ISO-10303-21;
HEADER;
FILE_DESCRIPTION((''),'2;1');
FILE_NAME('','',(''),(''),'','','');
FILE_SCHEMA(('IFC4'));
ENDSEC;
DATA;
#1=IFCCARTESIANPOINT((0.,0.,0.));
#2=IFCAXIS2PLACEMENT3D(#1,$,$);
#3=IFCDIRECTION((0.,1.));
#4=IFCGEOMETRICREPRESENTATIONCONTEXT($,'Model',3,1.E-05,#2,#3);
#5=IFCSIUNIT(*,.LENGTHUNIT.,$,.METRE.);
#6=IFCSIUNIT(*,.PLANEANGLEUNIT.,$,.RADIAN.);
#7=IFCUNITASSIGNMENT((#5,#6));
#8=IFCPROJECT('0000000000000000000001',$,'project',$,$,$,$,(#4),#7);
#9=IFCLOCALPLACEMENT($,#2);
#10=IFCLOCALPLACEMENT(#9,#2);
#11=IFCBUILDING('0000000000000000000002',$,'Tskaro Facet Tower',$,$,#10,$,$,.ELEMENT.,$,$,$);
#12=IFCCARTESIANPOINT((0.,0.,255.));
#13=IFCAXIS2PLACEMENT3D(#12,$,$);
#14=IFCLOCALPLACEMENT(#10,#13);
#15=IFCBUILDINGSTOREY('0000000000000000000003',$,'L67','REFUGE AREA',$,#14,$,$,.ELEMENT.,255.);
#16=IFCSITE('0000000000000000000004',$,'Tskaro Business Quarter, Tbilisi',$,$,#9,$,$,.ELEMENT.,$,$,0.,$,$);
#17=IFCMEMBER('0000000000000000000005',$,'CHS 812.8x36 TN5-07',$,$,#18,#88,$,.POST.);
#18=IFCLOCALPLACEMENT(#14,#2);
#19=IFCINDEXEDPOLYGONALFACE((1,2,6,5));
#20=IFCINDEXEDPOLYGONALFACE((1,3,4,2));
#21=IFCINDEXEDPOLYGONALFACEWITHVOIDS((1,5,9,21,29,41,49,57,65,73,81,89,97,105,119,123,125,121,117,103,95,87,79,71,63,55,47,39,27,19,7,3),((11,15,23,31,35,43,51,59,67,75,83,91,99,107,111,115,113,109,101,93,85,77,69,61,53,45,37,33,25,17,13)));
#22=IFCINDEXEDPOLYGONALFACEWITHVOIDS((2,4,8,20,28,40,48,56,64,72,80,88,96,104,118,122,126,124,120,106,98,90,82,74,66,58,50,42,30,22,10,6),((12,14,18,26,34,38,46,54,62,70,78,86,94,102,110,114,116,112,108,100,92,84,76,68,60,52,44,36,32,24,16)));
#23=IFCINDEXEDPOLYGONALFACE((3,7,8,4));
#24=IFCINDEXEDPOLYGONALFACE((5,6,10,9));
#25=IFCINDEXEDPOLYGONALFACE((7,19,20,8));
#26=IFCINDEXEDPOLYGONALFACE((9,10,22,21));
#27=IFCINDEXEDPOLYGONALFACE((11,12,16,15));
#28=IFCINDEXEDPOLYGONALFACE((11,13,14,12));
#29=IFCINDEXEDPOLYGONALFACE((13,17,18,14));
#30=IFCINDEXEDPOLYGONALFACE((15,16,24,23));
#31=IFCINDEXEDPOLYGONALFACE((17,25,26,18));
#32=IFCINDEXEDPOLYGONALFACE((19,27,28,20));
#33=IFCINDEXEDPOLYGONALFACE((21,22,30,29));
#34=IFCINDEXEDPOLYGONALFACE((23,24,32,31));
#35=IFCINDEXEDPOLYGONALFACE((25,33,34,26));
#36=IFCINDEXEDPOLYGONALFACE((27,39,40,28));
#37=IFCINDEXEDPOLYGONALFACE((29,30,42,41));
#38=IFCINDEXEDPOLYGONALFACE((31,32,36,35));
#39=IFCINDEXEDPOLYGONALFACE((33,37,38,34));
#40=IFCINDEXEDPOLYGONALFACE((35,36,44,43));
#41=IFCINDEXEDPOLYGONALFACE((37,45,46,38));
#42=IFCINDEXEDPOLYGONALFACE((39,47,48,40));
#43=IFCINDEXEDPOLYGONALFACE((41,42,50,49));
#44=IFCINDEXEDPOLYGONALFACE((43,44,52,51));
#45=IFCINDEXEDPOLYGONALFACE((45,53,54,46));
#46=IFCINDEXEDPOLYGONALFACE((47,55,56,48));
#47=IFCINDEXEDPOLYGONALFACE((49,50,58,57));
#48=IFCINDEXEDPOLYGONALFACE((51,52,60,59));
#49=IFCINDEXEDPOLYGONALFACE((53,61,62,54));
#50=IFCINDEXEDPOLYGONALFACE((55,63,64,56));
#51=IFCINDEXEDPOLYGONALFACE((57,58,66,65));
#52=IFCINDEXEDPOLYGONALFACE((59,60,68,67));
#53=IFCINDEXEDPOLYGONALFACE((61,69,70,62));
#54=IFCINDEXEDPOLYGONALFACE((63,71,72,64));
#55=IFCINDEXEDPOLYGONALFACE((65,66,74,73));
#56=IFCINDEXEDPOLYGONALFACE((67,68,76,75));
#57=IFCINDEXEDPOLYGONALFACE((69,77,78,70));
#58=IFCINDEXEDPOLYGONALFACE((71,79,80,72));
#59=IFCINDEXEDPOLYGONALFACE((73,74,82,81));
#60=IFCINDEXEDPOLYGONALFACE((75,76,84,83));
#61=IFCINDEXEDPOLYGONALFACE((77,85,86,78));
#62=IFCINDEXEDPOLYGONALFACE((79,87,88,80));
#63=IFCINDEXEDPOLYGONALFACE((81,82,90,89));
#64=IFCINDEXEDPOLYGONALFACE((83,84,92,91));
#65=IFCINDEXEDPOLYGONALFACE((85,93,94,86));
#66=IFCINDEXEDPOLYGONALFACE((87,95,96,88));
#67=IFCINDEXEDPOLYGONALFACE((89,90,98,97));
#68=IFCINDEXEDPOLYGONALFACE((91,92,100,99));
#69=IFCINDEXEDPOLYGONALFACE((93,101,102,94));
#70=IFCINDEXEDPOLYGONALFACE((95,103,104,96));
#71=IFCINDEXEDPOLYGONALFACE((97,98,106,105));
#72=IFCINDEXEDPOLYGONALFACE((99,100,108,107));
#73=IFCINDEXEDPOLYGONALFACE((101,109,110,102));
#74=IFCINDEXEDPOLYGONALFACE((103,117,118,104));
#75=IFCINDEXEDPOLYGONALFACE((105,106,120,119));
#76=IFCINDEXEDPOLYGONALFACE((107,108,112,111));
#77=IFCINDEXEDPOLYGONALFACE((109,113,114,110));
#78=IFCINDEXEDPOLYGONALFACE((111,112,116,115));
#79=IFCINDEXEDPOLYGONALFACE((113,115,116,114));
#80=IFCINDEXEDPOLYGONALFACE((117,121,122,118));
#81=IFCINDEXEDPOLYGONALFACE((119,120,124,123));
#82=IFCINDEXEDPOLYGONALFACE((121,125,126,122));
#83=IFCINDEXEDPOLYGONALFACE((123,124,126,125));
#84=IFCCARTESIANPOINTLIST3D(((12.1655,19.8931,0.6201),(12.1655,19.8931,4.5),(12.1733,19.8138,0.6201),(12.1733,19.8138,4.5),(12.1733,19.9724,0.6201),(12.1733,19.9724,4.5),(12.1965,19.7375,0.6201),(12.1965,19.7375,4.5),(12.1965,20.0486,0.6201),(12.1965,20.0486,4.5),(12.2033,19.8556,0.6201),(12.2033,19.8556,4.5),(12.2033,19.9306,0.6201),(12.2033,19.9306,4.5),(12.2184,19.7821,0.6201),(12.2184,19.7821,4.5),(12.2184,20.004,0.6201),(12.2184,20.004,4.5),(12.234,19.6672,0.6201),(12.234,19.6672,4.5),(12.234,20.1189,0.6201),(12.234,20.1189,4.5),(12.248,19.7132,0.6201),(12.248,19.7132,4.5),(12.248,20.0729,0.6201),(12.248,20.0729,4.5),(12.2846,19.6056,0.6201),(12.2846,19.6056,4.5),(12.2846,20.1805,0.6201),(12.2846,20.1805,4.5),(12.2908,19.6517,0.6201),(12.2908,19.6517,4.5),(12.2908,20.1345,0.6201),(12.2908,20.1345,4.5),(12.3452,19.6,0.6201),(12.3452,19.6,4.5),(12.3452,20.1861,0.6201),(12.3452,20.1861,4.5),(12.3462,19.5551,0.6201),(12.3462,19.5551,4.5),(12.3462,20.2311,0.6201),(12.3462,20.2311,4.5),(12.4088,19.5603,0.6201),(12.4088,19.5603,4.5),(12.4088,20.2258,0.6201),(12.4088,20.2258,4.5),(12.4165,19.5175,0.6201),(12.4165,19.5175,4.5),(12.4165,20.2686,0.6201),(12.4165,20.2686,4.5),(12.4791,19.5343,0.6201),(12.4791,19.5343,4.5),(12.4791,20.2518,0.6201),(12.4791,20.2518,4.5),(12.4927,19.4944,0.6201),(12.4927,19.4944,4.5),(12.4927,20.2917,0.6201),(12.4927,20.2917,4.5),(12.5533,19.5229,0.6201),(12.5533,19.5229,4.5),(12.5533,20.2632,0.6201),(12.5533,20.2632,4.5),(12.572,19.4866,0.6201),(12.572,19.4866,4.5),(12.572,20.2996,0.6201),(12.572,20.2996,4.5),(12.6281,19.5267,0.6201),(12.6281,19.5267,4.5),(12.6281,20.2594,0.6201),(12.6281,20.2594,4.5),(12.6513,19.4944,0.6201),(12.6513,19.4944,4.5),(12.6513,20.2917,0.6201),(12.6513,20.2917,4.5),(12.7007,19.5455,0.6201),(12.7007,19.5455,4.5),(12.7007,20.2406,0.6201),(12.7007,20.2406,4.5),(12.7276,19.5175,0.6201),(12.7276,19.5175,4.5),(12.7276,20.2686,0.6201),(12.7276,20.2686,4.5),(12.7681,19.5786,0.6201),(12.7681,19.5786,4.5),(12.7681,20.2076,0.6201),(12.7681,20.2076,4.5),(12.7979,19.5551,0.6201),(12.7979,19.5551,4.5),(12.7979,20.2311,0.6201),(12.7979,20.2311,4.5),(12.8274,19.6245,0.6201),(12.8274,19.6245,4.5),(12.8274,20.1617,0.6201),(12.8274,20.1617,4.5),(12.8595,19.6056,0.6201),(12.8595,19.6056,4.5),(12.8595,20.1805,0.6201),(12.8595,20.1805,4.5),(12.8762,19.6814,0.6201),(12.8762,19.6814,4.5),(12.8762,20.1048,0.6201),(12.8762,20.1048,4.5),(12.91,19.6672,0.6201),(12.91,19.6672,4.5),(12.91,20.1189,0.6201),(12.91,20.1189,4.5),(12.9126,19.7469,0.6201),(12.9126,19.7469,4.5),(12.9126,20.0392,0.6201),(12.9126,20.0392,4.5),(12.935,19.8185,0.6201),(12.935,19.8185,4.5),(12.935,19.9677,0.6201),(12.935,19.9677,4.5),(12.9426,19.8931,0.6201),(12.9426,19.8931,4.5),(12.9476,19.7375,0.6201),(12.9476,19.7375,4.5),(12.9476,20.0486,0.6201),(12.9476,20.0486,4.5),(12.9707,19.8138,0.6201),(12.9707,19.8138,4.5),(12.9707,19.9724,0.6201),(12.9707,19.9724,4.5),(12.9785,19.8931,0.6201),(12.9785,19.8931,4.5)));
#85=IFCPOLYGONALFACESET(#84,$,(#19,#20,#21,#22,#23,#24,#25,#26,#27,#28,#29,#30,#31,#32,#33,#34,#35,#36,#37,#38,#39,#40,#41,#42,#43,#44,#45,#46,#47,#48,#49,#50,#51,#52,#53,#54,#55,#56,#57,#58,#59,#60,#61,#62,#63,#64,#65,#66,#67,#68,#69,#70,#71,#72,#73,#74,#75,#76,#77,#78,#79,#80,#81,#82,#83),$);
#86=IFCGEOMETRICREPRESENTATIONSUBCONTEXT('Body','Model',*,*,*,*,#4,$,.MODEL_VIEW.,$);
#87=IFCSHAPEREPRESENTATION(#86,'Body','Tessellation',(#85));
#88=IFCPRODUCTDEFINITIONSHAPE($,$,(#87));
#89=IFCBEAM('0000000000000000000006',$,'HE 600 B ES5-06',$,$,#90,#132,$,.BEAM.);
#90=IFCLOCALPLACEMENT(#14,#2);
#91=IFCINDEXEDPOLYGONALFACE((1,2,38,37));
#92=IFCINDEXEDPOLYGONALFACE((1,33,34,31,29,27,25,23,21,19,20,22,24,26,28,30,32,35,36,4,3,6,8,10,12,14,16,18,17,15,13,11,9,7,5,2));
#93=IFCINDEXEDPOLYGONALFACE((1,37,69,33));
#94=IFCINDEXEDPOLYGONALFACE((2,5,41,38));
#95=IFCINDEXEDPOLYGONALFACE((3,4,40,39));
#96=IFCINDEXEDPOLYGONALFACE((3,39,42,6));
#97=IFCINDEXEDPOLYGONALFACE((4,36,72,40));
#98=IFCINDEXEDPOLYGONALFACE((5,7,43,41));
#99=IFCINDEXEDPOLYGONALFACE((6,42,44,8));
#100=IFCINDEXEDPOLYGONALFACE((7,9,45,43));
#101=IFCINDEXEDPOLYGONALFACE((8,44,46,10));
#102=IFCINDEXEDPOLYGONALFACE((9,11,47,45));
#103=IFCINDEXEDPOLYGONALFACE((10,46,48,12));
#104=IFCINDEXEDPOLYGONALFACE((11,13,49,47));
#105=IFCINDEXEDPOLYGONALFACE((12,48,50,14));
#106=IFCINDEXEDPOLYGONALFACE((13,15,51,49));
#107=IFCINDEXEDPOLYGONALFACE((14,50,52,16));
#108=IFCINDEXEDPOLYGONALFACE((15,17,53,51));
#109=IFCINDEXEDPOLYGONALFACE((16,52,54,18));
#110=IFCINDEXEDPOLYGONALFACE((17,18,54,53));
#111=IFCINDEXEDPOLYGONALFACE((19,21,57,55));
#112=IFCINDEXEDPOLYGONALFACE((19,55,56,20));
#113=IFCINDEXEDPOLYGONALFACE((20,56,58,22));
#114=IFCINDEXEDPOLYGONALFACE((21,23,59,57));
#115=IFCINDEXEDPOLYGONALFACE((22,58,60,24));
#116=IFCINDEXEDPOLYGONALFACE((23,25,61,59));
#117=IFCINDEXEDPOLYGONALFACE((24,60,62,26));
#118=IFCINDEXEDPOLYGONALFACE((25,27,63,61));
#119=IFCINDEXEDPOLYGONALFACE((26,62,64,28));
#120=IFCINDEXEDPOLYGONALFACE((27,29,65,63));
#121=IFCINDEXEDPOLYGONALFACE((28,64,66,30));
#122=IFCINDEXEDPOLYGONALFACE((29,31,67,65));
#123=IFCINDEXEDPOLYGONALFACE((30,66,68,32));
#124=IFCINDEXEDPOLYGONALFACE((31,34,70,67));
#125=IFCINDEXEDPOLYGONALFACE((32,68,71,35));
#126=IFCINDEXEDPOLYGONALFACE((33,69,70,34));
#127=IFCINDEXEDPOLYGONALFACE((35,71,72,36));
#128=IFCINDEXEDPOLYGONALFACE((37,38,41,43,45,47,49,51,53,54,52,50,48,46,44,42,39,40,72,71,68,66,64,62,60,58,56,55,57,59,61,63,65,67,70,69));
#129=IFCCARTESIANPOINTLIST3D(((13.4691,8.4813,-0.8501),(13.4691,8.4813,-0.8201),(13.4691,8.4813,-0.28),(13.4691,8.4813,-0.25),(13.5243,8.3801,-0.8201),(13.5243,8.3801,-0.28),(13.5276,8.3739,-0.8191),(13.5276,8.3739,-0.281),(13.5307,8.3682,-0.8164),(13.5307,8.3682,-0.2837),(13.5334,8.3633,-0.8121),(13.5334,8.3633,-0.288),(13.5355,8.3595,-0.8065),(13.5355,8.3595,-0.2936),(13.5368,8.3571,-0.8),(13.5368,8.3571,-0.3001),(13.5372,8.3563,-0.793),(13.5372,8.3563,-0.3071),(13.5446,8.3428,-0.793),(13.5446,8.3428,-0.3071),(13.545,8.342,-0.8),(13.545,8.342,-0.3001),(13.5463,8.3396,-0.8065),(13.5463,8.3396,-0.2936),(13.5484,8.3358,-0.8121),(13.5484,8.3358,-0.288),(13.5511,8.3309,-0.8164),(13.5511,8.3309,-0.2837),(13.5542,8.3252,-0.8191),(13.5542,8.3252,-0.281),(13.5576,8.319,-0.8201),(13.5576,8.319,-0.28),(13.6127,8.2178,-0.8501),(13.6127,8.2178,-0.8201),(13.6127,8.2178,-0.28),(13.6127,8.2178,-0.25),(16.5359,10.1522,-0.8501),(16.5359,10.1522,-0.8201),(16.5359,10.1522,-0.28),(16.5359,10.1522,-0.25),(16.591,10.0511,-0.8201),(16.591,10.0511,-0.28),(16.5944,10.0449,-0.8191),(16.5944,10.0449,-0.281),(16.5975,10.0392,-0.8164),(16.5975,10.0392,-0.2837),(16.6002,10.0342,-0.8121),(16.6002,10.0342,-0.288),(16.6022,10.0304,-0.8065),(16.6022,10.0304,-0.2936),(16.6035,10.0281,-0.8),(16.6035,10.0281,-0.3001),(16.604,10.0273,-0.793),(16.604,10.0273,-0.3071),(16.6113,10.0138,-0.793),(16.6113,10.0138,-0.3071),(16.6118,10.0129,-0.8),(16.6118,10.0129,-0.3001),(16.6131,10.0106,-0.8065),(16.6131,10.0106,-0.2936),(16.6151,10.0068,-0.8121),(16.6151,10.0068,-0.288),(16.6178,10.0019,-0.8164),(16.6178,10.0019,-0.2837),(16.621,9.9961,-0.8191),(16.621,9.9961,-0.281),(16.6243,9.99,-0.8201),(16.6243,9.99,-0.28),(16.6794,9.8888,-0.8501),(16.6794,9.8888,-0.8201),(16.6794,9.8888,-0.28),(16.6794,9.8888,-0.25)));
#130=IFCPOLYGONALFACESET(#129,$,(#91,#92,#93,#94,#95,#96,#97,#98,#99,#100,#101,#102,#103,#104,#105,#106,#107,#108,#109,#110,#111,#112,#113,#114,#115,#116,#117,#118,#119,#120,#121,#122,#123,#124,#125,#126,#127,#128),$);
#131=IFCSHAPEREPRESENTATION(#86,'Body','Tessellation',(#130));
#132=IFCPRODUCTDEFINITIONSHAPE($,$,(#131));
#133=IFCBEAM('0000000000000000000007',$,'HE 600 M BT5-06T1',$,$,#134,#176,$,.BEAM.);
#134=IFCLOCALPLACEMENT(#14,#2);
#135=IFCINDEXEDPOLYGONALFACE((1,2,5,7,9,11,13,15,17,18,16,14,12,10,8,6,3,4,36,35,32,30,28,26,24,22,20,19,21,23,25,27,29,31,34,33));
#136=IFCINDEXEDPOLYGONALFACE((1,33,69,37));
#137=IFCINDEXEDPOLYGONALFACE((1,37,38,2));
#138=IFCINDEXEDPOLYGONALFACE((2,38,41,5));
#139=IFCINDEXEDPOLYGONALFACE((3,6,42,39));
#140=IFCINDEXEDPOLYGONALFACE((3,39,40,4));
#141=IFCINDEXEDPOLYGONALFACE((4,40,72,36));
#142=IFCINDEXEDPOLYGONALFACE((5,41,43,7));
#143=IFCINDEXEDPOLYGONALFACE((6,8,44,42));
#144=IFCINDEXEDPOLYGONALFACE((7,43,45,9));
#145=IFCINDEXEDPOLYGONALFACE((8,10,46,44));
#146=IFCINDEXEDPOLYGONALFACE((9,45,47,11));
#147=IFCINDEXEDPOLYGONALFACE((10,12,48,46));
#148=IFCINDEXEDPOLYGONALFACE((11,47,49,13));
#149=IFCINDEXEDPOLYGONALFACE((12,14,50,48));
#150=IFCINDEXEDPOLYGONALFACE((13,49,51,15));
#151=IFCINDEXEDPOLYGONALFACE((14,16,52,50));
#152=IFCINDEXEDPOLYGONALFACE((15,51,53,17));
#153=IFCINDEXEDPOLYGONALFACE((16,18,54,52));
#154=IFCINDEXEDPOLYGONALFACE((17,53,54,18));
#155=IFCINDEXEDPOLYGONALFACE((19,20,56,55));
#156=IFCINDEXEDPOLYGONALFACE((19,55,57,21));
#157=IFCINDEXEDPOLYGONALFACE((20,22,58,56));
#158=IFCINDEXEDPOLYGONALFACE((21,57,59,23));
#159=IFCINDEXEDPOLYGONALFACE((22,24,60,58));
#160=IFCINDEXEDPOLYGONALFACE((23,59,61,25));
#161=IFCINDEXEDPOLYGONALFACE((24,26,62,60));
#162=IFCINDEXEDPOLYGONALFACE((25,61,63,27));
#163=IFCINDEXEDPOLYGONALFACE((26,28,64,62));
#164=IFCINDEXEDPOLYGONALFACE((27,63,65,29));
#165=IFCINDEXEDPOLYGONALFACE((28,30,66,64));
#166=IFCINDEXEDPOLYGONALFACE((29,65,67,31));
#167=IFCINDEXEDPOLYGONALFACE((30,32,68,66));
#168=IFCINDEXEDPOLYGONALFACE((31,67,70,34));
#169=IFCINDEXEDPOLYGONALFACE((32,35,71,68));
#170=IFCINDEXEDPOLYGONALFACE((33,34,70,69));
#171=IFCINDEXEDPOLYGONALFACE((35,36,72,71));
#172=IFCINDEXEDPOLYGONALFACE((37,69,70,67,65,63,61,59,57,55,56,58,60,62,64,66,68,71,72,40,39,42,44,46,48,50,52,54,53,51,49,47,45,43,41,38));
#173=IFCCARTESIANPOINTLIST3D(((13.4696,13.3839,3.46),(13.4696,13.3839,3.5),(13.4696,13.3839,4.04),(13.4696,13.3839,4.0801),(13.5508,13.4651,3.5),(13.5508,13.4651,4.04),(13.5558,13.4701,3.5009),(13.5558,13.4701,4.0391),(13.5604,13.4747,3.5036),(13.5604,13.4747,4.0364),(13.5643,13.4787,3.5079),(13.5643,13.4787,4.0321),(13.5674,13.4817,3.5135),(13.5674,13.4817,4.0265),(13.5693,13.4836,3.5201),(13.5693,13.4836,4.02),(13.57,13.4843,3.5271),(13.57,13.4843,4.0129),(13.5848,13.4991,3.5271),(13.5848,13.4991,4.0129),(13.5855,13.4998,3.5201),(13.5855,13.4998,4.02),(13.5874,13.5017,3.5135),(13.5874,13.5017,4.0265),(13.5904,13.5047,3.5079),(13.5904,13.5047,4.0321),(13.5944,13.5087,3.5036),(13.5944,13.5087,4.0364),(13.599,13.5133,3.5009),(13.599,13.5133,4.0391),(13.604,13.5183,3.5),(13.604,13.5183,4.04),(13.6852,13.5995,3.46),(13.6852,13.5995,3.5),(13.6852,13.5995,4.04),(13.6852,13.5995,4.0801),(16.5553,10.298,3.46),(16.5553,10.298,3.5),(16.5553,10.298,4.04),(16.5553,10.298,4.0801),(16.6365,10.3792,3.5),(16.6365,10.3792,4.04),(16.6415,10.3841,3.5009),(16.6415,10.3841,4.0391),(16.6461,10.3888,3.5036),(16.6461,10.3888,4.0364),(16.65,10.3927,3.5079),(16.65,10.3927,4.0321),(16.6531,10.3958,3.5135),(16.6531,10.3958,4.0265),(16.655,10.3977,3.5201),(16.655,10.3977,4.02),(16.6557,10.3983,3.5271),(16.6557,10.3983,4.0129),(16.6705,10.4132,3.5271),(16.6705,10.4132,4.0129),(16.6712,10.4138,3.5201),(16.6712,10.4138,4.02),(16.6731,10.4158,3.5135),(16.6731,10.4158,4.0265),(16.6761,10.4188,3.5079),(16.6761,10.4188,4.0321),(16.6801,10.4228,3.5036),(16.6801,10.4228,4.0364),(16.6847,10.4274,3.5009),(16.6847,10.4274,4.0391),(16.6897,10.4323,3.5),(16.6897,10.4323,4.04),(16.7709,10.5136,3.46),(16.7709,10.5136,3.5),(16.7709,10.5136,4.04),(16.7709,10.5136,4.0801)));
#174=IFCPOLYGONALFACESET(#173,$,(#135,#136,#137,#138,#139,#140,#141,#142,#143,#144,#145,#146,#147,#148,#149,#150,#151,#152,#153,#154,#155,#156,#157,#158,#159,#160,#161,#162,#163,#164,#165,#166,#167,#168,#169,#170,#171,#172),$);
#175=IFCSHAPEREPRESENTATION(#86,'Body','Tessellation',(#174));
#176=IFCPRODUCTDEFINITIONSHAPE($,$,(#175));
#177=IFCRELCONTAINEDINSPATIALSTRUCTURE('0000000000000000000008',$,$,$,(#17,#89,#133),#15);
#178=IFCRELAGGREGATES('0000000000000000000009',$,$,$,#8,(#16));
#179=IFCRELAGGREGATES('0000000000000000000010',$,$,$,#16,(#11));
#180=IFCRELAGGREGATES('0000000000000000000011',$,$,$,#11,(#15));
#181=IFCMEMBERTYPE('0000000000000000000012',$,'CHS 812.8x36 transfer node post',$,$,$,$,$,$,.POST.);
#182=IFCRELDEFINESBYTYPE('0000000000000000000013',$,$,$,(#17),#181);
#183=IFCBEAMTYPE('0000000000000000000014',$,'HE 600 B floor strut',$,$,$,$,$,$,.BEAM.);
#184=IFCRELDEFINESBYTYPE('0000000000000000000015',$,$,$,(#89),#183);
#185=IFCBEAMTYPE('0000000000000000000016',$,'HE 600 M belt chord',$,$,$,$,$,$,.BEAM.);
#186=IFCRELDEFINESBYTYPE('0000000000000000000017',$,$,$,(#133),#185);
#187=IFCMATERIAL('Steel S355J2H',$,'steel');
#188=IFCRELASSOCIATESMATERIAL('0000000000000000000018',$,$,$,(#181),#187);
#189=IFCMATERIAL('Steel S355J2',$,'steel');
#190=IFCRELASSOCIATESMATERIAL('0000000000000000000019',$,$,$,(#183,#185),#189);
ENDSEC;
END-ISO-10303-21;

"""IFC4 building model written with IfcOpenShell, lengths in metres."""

from ifc_helpers import new_model, si_unit, direction, frame, origin, origin_2d, place, context, subcontext, project, spatial, hollow_circle, i_section, extrude, material, material_profile, profile_set, type_object, element, save


model = new_model("IFC4")

# Units and contexts
model_context = context("Model", 3, precision=1e-05, world=origin(), true_north=direction((0.0, 1.0)))
body_context = subcontext(model_context, "Body", "Model", "MODEL_VIEW")
ifc_project = project(units=[si_unit("LENGTHUNIT", "METRE"), si_unit("PLANEANGLEUNIT", "RADIAN")], contexts=[model_context])

# Site, building, storey
site_placement = place(None, origin())
site = spatial("IfcSite", under=ifc_project, at=site_placement, Name="Tskaro Business Quarter, Tbilisi", CompositionType="ELEMENT", RefElevation=0.0)
building_placement = place(site_placement, origin())
building = spatial("IfcBuilding", under=site, at=building_placement, Name="Tskaro Facet Tower", CompositionType="ELEMENT")
storey_placement = place(building_placement, frame((0.0, 0.0, 255.0)))
storey = spatial("IfcBuildingStorey", under=building, at=storey_placement, Name="L67", Description="REFUGE AREA", CompositionType="ELEMENT", Elevation=255.0)

# Shared definitions
ifc_material_1 = material(Name="Steel S355J2", Category="steel")

# Member
ifc_material_2 = material(Name="Steel S355J2H", Category="steel")
ifc_material_profile_1 = material_profile(ifc_material_2, hollow_circle(Radius=0.4065, WallThickness=0.0359, at=origin_2d()), Name="CHS 812.8x36")
ifc_profile_set_1 = profile_set([ifc_material_profile_1], Name="Steel S355J2H")
member_type_1 = type_object("IfcMemberType", Name="CHS 812.8x36 transfer node post", PredefinedType="POST", material=ifc_profile_set_1)
member_1_placement = place(storey_placement, frame((12.572, 19.8931, 0.6201), z_axis=(0.0, 0.0, 1.0), x_axis=(1.0, 0.0, 0.0)))
element("IfcMember", 1, at=member_1_placement, inside=storey, type_object=member_type_1, Name="CHS 812.8x36 TN5-07", PredefinedType="POST", context=body_context, shape_type="SweptSolid", body=[
    extrude(hollow_circle(Radius=0.4065, WallThickness=0.0359, at=origin_2d()), origin(), (0.0, 0.0, 1.0), 3.8799),
])

# Beams
ifc_material_profile_2 = material_profile(ifc_material_1, i_section(OverallWidth=0.3, OverallDepth=0.6001, WebThickness=0.0154, FlangeThickness=0.03, FilletRadius=0.0271, at=origin_2d()), Name="HE 600 B")
ifc_profile_set_2 = profile_set([ifc_material_profile_2], Name="Steel S355J2")
beam_type_1 = type_object("IfcBeamType", Name="HE 600 B floor strut", PredefinedType="BEAM", material=ifc_profile_set_2)
beam_1_placement = place(storey_placement, frame((16.6077, 10.0205, -0.55), z_axis=(-0.878115, -0.47845, 0.0), x_axis=(0.47845, -0.878115, 0.0)))
element("IfcBeam", 2, at=beam_1_placement, inside=storey, type_object=beam_type_1, Name="HE 600 B ES5-06", PredefinedType="BEAM", context=body_context, shape_type="SweptSolid", body=[
    extrude(i_section(OverallWidth=0.3, OverallDepth=0.6001, WebThickness=0.0154, FlangeThickness=0.03, FilletRadius=0.0271, at=origin_2d()), origin(), (0.0, 0.0, 1.0), 3.4924),
])
ifc_material_profile_3 = material_profile(ifc_material_1, i_section(OverallWidth=0.3049, OverallDepth=0.6201, WebThickness=0.021, FlangeThickness=0.04, FilletRadius=0.0271, at=origin_2d()), Name="HE 600 M")
ifc_profile_set_3 = profile_set([ifc_material_profile_3], Name="Steel S355J2")
beam_type_2 = type_object("IfcBeamType", Name="HE 600 M belt chord", PredefinedType="BEAM", material=ifc_profile_set_3)
beam_2_placement = place(storey_placement, frame((16.6631, 10.4058, 3.77), z_axis=(-0.707079, 0.707135, 0.0), x_axis=(-0.707135, -0.707079, 0.0)))
element("IfcBeam", 3, at=beam_2_placement, inside=storey, type_object=beam_type_2, Name="HE 600 M BT5-06T1", PredefinedType="BEAM", context=body_context, shape_type="SweptSolid", body=[
    extrude(i_section(OverallWidth=0.3049, OverallDepth=0.6201, WebThickness=0.021, FlangeThickness=0.04, FilletRadius=0.0271, at=origin_2d()), origin(), (0.0, 0.0, 1.0), 4.364),
])

save(model, "model.ifc")
